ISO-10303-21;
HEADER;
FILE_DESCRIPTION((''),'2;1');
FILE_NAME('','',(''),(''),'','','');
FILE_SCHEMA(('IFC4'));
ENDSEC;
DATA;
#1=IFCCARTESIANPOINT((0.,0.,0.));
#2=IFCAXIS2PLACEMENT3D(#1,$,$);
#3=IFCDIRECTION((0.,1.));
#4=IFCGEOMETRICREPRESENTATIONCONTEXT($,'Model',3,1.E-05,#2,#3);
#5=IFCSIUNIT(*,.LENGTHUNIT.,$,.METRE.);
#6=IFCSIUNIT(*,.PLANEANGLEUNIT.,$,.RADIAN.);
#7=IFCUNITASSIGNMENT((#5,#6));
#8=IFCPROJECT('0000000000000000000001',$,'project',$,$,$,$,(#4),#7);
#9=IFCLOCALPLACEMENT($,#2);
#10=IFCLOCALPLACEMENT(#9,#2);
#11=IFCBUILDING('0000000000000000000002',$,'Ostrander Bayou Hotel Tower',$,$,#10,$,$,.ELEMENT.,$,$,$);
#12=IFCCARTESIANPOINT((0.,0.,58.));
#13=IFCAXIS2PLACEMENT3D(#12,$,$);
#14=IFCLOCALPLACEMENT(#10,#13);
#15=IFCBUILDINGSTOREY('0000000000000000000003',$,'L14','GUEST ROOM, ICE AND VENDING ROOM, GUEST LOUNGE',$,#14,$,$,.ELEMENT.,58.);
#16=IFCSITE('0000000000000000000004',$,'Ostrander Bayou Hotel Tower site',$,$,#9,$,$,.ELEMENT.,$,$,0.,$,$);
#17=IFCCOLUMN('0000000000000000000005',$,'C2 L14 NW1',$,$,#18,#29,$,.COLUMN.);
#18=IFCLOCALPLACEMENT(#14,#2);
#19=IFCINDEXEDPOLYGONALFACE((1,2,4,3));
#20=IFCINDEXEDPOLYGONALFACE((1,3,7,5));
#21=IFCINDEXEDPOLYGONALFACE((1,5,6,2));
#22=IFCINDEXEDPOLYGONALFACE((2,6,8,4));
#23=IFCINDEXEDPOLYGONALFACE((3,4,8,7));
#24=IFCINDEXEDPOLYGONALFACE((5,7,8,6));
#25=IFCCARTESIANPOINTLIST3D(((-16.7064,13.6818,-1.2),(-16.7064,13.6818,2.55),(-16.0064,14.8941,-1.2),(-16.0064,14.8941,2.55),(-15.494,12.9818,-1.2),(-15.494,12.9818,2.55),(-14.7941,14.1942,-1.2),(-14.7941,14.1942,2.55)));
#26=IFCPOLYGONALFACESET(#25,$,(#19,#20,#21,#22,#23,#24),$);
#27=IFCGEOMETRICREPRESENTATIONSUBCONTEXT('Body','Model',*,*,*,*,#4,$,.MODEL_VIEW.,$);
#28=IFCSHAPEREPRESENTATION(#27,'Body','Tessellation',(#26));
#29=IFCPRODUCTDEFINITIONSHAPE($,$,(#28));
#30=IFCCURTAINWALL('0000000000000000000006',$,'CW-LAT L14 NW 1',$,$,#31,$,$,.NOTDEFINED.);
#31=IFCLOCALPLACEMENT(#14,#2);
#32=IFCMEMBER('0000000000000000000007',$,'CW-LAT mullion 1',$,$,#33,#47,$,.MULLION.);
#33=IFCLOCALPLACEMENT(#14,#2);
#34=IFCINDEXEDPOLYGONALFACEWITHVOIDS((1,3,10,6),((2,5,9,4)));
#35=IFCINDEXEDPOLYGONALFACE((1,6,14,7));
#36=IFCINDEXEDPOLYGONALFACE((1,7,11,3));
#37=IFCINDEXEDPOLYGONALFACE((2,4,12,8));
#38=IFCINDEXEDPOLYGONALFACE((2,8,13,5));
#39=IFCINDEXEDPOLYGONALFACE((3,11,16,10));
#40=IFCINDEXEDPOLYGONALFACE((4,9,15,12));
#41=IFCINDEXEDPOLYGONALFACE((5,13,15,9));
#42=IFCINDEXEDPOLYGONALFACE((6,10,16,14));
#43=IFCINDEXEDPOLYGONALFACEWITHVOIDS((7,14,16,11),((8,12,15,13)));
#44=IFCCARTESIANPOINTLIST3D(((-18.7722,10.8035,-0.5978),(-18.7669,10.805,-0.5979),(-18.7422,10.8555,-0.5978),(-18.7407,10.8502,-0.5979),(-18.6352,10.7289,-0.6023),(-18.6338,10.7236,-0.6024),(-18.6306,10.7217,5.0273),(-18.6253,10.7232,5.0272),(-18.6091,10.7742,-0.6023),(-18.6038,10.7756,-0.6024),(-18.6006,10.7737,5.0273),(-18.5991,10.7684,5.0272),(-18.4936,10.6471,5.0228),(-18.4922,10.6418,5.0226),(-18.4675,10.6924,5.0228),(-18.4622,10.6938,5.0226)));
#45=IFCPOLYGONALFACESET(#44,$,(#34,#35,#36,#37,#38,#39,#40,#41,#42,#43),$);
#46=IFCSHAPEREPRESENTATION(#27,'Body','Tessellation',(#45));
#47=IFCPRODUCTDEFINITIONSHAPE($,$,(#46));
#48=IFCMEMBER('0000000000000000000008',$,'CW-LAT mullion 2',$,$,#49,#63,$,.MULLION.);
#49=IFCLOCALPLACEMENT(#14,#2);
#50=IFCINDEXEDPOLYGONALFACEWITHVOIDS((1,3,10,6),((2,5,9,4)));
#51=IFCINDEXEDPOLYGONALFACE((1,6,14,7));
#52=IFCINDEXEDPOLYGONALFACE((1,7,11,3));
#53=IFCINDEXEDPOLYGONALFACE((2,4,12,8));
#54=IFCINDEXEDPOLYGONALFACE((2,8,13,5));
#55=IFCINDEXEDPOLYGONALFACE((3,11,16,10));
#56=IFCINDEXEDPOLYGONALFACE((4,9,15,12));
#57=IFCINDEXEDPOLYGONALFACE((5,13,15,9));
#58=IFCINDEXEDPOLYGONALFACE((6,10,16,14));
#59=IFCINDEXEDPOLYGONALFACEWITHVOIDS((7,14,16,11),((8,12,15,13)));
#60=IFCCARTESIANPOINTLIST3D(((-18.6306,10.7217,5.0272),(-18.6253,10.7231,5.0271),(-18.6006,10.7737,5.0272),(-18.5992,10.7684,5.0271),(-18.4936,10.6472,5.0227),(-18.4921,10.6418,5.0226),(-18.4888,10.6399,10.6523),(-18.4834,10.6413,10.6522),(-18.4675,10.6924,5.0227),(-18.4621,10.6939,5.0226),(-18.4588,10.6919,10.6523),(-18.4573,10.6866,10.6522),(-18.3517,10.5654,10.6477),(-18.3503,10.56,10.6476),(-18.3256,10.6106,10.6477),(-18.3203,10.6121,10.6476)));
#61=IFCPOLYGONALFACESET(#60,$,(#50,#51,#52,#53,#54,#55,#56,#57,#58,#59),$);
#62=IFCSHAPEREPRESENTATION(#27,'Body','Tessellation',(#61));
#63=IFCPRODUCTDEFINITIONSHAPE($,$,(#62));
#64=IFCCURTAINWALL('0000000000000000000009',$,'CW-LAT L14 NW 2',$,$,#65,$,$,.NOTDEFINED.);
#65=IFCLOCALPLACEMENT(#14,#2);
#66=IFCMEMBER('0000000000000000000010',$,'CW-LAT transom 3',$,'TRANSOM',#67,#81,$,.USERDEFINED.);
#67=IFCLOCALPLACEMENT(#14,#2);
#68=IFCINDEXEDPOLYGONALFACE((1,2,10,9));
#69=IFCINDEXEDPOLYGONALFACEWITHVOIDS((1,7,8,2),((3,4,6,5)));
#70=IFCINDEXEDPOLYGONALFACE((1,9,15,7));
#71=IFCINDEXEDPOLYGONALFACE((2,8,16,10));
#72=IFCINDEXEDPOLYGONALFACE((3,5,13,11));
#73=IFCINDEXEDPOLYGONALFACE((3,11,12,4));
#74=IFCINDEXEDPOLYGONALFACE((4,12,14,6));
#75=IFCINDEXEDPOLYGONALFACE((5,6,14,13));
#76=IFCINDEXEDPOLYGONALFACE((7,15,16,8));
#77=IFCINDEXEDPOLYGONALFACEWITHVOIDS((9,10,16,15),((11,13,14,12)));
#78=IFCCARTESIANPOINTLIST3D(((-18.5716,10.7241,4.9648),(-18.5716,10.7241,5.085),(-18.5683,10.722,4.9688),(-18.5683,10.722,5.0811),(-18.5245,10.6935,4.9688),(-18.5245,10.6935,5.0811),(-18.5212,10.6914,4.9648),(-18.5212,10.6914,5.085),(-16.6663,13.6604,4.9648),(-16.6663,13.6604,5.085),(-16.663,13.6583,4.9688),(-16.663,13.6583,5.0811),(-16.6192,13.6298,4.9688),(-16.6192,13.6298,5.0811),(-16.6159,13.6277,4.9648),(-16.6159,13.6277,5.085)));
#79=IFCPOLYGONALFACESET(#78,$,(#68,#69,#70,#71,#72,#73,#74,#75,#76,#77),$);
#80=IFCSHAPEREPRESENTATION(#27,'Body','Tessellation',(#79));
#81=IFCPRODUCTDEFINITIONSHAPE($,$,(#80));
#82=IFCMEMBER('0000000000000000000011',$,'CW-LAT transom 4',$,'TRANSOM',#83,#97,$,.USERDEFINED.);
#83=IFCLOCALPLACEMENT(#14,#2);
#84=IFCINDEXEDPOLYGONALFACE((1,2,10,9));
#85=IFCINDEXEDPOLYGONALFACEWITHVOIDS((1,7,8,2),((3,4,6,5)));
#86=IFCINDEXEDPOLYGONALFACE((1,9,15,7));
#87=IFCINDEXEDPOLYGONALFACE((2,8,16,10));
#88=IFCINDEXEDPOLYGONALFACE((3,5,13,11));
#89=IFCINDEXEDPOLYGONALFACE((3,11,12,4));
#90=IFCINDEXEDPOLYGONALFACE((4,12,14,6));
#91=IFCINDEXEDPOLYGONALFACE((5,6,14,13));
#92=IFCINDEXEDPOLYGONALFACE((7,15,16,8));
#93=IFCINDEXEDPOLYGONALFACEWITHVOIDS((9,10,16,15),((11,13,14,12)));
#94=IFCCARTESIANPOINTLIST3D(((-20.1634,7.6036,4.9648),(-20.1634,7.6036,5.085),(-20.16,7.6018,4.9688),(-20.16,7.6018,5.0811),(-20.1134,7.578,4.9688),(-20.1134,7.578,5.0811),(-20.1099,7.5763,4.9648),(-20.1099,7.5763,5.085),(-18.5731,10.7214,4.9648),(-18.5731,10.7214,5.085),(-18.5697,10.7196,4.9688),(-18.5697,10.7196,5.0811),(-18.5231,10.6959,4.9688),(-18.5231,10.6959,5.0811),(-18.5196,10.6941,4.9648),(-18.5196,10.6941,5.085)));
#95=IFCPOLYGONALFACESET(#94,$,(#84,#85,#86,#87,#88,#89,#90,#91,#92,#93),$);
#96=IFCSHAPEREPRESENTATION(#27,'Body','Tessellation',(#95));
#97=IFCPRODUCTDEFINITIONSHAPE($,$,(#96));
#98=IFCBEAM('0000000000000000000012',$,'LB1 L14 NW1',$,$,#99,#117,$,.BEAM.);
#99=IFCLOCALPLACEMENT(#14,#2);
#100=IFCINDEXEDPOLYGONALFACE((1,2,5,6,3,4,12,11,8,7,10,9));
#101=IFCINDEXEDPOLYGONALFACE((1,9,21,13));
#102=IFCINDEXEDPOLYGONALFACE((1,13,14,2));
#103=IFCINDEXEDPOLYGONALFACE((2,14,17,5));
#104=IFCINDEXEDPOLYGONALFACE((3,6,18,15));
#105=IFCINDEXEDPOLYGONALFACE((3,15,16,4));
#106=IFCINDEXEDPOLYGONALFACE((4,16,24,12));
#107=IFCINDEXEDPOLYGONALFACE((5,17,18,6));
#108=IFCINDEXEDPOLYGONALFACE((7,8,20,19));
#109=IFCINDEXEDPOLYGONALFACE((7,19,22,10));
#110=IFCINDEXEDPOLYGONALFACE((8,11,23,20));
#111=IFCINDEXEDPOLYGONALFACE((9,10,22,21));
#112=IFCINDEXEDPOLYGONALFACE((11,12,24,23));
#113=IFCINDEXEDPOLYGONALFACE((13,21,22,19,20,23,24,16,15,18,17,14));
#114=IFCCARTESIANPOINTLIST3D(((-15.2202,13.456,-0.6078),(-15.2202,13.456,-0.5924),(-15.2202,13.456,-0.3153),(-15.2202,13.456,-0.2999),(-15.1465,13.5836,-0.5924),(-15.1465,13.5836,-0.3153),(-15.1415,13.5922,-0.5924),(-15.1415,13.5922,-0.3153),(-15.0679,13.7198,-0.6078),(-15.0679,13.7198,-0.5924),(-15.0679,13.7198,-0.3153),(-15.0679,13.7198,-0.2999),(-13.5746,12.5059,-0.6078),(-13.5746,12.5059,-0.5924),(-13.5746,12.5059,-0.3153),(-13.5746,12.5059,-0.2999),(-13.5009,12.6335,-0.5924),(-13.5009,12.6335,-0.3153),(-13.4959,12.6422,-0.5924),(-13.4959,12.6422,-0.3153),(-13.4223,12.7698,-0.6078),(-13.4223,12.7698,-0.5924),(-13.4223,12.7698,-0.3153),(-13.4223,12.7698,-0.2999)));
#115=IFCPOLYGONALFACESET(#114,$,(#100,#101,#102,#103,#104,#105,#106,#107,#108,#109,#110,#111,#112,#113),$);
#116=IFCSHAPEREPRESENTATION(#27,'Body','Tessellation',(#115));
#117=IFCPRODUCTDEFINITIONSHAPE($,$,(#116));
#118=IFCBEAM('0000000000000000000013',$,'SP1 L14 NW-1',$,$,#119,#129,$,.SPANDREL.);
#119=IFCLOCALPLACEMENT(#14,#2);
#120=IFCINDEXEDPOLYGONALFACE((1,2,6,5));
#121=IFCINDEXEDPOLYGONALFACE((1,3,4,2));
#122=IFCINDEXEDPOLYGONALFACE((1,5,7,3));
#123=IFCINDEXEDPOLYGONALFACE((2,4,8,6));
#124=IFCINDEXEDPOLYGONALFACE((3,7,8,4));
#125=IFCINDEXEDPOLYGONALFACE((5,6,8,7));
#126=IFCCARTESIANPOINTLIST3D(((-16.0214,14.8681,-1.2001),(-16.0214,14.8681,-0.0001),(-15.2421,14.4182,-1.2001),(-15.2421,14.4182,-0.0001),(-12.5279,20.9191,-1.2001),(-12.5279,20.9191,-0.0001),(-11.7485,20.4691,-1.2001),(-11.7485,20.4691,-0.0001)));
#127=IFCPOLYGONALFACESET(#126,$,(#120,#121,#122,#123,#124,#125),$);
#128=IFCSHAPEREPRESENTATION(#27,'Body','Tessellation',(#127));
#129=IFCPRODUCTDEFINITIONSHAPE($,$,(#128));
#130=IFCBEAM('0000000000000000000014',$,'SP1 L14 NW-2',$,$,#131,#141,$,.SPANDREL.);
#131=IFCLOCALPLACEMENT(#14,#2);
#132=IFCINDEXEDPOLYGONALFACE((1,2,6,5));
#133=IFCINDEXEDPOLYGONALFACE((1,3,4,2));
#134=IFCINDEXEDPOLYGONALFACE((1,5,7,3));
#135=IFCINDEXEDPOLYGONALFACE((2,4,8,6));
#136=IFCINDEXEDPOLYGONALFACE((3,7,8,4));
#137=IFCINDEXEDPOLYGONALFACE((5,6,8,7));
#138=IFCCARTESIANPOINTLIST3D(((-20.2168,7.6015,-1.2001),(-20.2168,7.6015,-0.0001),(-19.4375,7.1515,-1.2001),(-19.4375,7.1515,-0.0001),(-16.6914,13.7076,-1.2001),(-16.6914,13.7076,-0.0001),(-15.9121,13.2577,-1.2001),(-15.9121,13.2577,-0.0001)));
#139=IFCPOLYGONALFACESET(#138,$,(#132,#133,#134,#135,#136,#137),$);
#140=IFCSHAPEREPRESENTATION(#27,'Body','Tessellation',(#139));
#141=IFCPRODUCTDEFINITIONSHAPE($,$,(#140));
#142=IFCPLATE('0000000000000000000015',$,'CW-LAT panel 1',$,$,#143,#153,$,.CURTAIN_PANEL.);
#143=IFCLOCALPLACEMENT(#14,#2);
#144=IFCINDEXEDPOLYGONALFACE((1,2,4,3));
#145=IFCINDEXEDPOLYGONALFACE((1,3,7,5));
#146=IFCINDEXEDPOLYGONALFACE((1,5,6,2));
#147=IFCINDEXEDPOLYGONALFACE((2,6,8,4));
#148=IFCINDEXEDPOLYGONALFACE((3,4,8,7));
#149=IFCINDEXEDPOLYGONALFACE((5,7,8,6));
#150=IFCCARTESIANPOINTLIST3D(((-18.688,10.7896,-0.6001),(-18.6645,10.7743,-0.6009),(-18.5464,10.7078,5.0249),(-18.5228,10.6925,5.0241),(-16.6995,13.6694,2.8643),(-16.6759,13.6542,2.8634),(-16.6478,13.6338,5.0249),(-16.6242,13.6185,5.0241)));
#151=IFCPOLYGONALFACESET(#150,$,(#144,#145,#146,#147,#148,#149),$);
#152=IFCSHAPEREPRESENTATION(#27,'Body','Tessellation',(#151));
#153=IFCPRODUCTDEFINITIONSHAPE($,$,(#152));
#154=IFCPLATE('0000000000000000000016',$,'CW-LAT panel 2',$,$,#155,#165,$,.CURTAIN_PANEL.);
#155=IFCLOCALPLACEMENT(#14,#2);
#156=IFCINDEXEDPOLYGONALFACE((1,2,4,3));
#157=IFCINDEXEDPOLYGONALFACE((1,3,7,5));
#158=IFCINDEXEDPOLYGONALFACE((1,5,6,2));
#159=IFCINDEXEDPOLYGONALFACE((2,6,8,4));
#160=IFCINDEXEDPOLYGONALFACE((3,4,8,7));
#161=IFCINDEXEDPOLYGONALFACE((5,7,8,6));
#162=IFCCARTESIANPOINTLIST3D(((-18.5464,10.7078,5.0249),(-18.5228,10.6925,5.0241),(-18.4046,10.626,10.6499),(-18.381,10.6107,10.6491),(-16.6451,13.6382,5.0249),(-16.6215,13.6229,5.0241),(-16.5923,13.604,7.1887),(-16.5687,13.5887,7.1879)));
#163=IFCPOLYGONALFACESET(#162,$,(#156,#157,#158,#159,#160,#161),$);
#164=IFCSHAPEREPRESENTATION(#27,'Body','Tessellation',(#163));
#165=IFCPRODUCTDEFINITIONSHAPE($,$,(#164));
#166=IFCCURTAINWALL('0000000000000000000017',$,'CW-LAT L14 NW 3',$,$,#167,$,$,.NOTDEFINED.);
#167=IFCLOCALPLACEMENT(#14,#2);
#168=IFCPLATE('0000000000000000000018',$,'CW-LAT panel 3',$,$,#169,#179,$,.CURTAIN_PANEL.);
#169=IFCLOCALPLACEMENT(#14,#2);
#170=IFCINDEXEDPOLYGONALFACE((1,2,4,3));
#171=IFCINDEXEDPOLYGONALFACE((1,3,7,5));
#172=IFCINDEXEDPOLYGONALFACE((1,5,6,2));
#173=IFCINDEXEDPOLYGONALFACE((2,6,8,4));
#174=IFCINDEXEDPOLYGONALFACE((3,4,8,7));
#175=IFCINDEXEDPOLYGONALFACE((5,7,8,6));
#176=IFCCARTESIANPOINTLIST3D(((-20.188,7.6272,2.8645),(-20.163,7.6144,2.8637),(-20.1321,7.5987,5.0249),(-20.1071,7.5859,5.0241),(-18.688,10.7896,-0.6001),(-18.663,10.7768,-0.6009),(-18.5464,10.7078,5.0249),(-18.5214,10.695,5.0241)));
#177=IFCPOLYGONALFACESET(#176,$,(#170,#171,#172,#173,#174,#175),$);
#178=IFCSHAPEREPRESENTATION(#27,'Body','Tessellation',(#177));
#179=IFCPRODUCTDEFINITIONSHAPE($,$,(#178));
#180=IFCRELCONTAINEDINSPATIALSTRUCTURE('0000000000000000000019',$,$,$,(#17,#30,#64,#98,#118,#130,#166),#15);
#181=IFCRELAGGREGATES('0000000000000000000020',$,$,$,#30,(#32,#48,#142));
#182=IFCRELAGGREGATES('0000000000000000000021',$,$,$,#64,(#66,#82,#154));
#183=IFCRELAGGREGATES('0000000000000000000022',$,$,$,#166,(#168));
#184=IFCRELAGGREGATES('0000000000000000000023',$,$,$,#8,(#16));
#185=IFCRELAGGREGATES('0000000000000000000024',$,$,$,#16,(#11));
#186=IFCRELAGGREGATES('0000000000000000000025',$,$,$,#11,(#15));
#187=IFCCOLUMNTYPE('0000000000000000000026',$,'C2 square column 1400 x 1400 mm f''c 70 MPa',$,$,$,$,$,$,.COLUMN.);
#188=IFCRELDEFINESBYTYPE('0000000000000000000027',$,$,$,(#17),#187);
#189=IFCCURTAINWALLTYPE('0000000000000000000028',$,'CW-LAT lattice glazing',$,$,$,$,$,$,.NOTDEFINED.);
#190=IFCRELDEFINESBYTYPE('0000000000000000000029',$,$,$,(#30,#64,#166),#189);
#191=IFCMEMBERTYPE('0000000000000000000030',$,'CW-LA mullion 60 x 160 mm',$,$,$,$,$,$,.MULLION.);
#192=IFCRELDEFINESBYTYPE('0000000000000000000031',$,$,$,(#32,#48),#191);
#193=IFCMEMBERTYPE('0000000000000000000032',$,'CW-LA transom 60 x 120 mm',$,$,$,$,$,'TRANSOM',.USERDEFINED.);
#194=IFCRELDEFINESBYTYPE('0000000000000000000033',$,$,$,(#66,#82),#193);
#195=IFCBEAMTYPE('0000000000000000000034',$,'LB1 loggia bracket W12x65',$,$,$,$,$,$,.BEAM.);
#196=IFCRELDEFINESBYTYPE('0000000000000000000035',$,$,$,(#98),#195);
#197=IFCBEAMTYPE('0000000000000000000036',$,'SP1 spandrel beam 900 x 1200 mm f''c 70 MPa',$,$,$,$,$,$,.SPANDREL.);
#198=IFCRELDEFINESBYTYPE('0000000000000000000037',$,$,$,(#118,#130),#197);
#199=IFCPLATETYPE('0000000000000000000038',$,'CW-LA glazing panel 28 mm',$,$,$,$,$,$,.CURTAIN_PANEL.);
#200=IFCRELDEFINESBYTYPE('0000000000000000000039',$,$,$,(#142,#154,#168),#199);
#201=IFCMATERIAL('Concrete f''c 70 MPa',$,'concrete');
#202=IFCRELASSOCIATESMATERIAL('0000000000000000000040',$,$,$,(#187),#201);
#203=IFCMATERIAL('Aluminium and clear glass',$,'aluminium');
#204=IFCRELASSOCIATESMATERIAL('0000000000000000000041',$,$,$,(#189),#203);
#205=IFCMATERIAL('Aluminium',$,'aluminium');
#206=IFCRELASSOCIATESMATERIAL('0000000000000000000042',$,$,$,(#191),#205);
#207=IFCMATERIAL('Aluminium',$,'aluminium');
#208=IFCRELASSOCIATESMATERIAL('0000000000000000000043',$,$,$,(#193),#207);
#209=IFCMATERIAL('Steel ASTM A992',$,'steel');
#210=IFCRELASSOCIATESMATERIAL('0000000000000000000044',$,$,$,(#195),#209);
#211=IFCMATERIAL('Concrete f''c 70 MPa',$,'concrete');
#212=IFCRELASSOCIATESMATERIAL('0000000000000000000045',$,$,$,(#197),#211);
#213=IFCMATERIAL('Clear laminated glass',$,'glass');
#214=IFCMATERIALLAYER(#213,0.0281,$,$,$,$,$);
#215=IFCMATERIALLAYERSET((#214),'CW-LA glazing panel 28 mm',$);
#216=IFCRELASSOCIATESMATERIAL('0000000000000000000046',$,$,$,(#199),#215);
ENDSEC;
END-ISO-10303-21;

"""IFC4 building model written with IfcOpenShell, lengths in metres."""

from ifc_helpers import new_model, si_unit, direction, frame, origin, origin_2d, place, context, subcontext, project, spatial, polyline, rectangle, hollow_rectangle, i_section, outline, extrude, material, layer, layer_set, material_profile, profile_set, type_object, element, aggregate, save


model = new_model("IFC4")

# Units and contexts
model_context = context("Model", 3, precision=1e-05, world=origin(), true_north=direction((0.0, 1.0)))
body_context = subcontext(model_context, "Body", "Model", "MODEL_VIEW")
ifc_project = project(units=[si_unit("LENGTHUNIT", "METRE"), si_unit("PLANEANGLEUNIT", "RADIAN")], contexts=[model_context])

# Site, building, storey
site_placement = place(None, origin())
site = spatial("IfcSite", under=ifc_project, at=site_placement, Name="Ostrander Bayou Hotel Tower site", CompositionType="ELEMENT", RefElevation=0.0)
building_placement = place(site_placement, origin())
building = spatial("IfcBuilding", under=site, at=building_placement, Name="Ostrander Bayou Hotel Tower", CompositionType="ELEMENT")
storey_placement = place(building_placement, frame((0.0, 0.0, 58.0)))
storey = spatial("IfcBuildingStorey", under=building, at=storey_placement, Name="L14", Description="GUEST ROOM, ICE AND VENDING ROOM, GUEST LOUNGE", CompositionType="ELEMENT", Elevation=58.0)

# Column
ifc_material_1 = material(Name="Concrete f'c 70 MPa", Category="concrete")
ifc_material_profile_1 = material_profile(ifc_material_1, rectangle(XDim=1.3999, YDim=1.3999, at=origin_2d()))
ifc_profile_set_1 = profile_set([ifc_material_profile_1], Name="Concrete f'c 70 MPa")
column_type = type_object("IfcColumnType", Name="C2 square column 1400 x 1400 mm f'c 70 MPa", PredefinedType="COLUMN", material=ifc_profile_set_1)
column_placement = place(storey_placement, frame((-15.7502, 13.938, -1.2), z_axis=(0.0, 0.0, 1.0), x_axis=(0.5, 0.866025, 0.0)))
element("IfcColumn", 1, at=column_placement, inside=storey, type_object=column_type, Name="C2 L14 NW1", PredefinedType="COLUMN", context=body_context, shape_type="SweptSolid", body=[
    extrude(rectangle(XDim=1.3999, YDim=1.3999, at=origin_2d()), origin(), (0.0, 0.0, 1.0), 3.75),
])

# Curtain walls, members
ifc_material_2 = material(Name="Aluminium and clear glass", Category="aluminium")
curtain_wall_type = type_object("IfcCurtainWallType", Name="CW-LAT lattice glazing", PredefinedType="NOTDEFINED", material=ifc_material_2)
curtain_wall_1_placement = place(storey_placement, origin())
curtain_wall_1 = element("IfcCurtainWall", 2, at=curtain_wall_1_placement, inside=storey, type_object=curtain_wall_type, Name="CW-LAT L14 NW 1", PredefinedType="NOTDEFINED")
ifc_material_3 = material(Name="Aluminium", Category="aluminium")
ifc_material_profile_2 = material_profile(ifc_material_3, hollow_rectangle(XDim=0.0601, YDim=0.1599, WallThickness=0.0039, at=origin_2d()))
ifc_profile_set_2 = profile_set([ifc_material_profile_2], Name="Aluminium")
member_type_1 = type_object("IfcMemberType", Name="CW-LA mullion 60 x 160 mm", PredefinedType="MULLION", material=ifc_profile_set_2)
member_1_placement = place(storey_placement, frame((-18.688, 10.7896, -0.6001), z_axis=(0.025163, -0.014534, 0.999578), x_axis=(0.500153, 0.865937, 0.0)))
member_1 = element("IfcMember", 3, at=member_1_placement, type_object=member_type_1, Name="CW-LAT mullion 1", PredefinedType="MULLION", context=body_context, shape_type="SweptSolid", body=[
    extrude(hollow_rectangle(XDim=0.0601, YDim=0.1599, WallThickness=0.0039, at=origin_2d()), origin(), (0.0, 0.0, 1.0), 5.6274),
])
member_2_placement = place(storey_placement, frame((-18.5464, 10.7078, 5.0249), z_axis=(0.025206, -0.014534, 0.999577), x_axis=(0.499507, 0.86631, 0.0)))
member_2 = element("IfcMember", 4, at=member_2_placement, type_object=member_type_1, Name="CW-LAT mullion 2", PredefinedType="MULLION", context=body_context, shape_type="SweptSolid", body=[
    extrude(hollow_rectangle(XDim=0.0601, YDim=0.1599, WallThickness=0.0039, at=origin_2d()), origin(), (0.0, 0.0, 1.0), 5.6274),
])
curtain_wall_2_placement = place(storey_placement, origin())
curtain_wall_2 = element("IfcCurtainWall", 5, at=curtain_wall_2_placement, inside=storey, type_object=curtain_wall_type, Name="CW-LAT L14 NW 2", PredefinedType="NOTDEFINED")
ifc_material_4 = material(Name="Aluminium", Category="aluminium")
ifc_material_profile_3 = material_profile(ifc_material_4, hollow_rectangle(XDim=0.0601, YDim=0.1201, WallThickness=0.0039, at=origin_2d()))
ifc_profile_set_3 = profile_set([ifc_material_profile_3], Name="Aluminium")
member_type_2 = type_object("IfcMemberType", Name="CW-LA transom 60 x 120 mm", ElementType="TRANSOM", PredefinedType="USERDEFINED", material=ifc_profile_set_3)
member_3_placement = place(storey_placement, frame((-18.5464, 10.7078, 5.0249), z_axis=(0.544324, 0.838875, 0.0), x_axis=(-0.838875, 0.544324, 0.0)))
member_3 = element("IfcMember", 6, at=member_3_placement, type_object=member_type_2, Name="CW-LAT transom 3", ObjectType="TRANSOM", PredefinedType="USERDEFINED", context=body_context, shape_type="SweptSolid", body=[
    extrude(hollow_rectangle(XDim=0.0601, YDim=0.1201, WallThickness=0.0039, at=origin_2d()), origin(), (0.0, 0.0, 1.0), 3.5002),
])
member_4_placement = place(storey_placement, frame((-18.5464, 10.7078, 5.0249), z_axis=(-0.45437, -0.890813, 0.0), x_axis=(0.890813, -0.45437, 0.0)))
member_4 = element("IfcMember", 7, at=member_4_placement, type_object=member_type_2, Name="CW-LAT transom 4", ObjectType="TRANSOM", PredefinedType="USERDEFINED", context=body_context, shape_type="SweptSolid", body=[
    extrude(hollow_rectangle(XDim=0.0601, YDim=0.1201, WallThickness=0.0039, at=origin_2d()), origin(), (0.0, 0.0, 1.0), 3.5),
])

# Beams
ifc_material_5 = material(Name="Steel ASTM A992", Category="steel")
ifc_material_profile_4 = material_profile(ifc_material_5, i_section(OverallWidth=0.3047, OverallDepth=0.3079, WebThickness=0.01, FlangeThickness=0.0154, at=origin_2d()))
ifc_profile_set_4 = profile_set([ifc_material_profile_4], Name="Steel ASTM A992")
beam_type_1 = type_object("IfcBeamType", Name="LB1 loggia bracket W12x65", PredefinedType="BEAM", material=ifc_profile_set_4)
beam_1_placement = place(storey_placement, frame((-15.144, 13.5879, -0.4539), z_axis=(0.866044, -0.499967, 0.0), x_axis=(0.499967, 0.866044, 0.0)))
element("IfcBeam", 8, at=beam_1_placement, inside=storey, type_object=beam_type_1, Name="LB1 L14 NW1", PredefinedType="BEAM", context=body_context, shape_type="SweptSolid", body=[
    extrude(i_section(OverallWidth=0.3047, OverallDepth=0.3079, WebThickness=0.01, FlangeThickness=0.0154, at=origin_2d()), origin(), (0.0, 0.0, 1.0), 1.9001),
])
ifc_material_6 = material(Name="Concrete f'c 70 MPa", Category="concrete")
ifc_material_profile_5 = material_profile(ifc_material_6, rectangle(XDim=0.8999, YDim=1.2, at=origin_2d()))
ifc_profile_set_5 = profile_set([ifc_material_profile_5], Name="Concrete f'c 70 MPa")
beam_type_2 = type_object("IfcBeamType", Name="SP1 spandrel beam 900 x 1200 mm f'c 70 MPa", PredefinedType="SPANDREL", material=ifc_profile_set_5)
beam_2_placement = place(storey_placement, frame((-12.1382, 20.6941, -0.6001), z_axis=(-0.50001, -0.86602, 0.0), x_axis=(0.86602, -0.50001, 0.0)))
element("IfcBeam", 9, at=beam_2_placement, inside=storey, type_object=beam_type_2, Name="SP1 L14 NW-1", PredefinedType="SPANDREL", context=body_context, shape_type="SweptSolid", body=[
    extrude(rectangle(XDim=0.8999, YDim=1.2, at=origin_2d()), origin(), (0.0, 0.0, 1.0), 6.9871),
])
beam_3_placement = place(storey_placement, frame((-16.3018, 13.4827, -0.6001), z_axis=(-0.499997, -0.866027, 0.0), x_axis=(0.866027, -0.499997, 0.0)))
element("IfcBeam", 10, at=beam_3_placement, inside=storey, type_object=beam_type_2, Name="SP1 L14 NW-2", PredefinedType="SPANDREL", context=body_context, shape_type="SweptSolid", body=[
    extrude(rectangle(XDim=0.8999, YDim=1.2, at=origin_2d()), origin(), (0.0, 0.0, 1.0), 7.0508),
])

# Plates
ifc_material_7 = material(Name="Clear laminated glass", Category="glass")
ifc_layer_1 = layer(ifc_material_7, 0.0281)
ifc_layer_set_1 = layer_set([ifc_layer_1], Name="CW-LA glazing panel 28 mm")
plate_type = type_object("IfcPlateType", Name="CW-LA glazing panel 28 mm", PredefinedType="CURTAIN_PANEL", material=ifc_layer_set_1)
plate_1_placement = place(storey_placement, frame((-16.6995, 13.6694, 2.8643), z_axis=(-0.838524, 0.544091, 0.029032), x_axis=(-0.403822, -0.584812, -0.703508)))
plate_1 = element("IfcPlate", 11, at=plate_1_placement, type_object=plate_type, Name="CW-LAT panel 1", PredefinedType="CURTAIN_PANEL", context=body_context, shape_type="SweptSolid", body=[
    extrude(outline(polyline([(0.0, 0.0), (4.9244, 0.0), (0.9578, 3.9917), (-1.5201, 1.5368), (0.0, 0.0)])), origin(), (0.0, 0.0, -1.0), 0.0281),
])
aggregate(curtain_wall_1, [member_1, member_2, plate_1])
plate_2_placement = place(storey_placement, frame((-16.5923, 13.604, 7.1887), z_axis=(-0.838541, 0.544063, 0.029049), x_axis=(-0.368914, -0.606209, 0.704566)))
plate_2 = element("IfcPlate", 12, at=plate_2_placement, type_object=plate_type, Name="CW-LAT panel 2", PredefinedType="CURTAIN_PANEL", context=body_context, shape_type="SweptSolid", body=[
    extrude(outline(polyline([(0.0, 0.0), (4.9125, 0.0), (0.9521, -3.9978), (-1.5258, -1.5356), (0.0, 0.0)])), origin(), (0.0, 0.0, -1.0), 0.0281),
])
aggregate(curtain_wall_2, [member_3, member_4, plate_2])

# Curtain wall, plate
curtain_wall_3_placement = place(storey_placement, origin())
curtain_wall_3 = element("IfcCurtainWall", 13, at=curtain_wall_3_placement, inside=storey, type_object=curtain_wall_type, Name="CW-LAT L14 NW 3", PredefinedType="NOTDEFINED")
plate_3_placement = place(storey_placement, frame((-20.188, 7.6272, 2.8645), z_axis=(-0.89045, 0.454155, 0.029027), x_axis=(0.304571, 0.642129, -0.703496)))
plate_3 = element("IfcPlate", 14, at=plate_3_placement, type_object=plate_type, Name="CW-LAT panel 3", PredefinedType="CURTAIN_PANEL", context=body_context, shape_type="SweptSolid", body=[
    extrude(outline(polyline([(0.0, 0.0), (4.9248, 0.0), (0.9583, -3.9917), (-1.5211, -1.5354), (0.0, 0.0)])), origin(), (0.0, 0.0, -1.0), 0.0281),
])
aggregate(curtain_wall_3, [plate_3])

save(model, "model.ifc")
